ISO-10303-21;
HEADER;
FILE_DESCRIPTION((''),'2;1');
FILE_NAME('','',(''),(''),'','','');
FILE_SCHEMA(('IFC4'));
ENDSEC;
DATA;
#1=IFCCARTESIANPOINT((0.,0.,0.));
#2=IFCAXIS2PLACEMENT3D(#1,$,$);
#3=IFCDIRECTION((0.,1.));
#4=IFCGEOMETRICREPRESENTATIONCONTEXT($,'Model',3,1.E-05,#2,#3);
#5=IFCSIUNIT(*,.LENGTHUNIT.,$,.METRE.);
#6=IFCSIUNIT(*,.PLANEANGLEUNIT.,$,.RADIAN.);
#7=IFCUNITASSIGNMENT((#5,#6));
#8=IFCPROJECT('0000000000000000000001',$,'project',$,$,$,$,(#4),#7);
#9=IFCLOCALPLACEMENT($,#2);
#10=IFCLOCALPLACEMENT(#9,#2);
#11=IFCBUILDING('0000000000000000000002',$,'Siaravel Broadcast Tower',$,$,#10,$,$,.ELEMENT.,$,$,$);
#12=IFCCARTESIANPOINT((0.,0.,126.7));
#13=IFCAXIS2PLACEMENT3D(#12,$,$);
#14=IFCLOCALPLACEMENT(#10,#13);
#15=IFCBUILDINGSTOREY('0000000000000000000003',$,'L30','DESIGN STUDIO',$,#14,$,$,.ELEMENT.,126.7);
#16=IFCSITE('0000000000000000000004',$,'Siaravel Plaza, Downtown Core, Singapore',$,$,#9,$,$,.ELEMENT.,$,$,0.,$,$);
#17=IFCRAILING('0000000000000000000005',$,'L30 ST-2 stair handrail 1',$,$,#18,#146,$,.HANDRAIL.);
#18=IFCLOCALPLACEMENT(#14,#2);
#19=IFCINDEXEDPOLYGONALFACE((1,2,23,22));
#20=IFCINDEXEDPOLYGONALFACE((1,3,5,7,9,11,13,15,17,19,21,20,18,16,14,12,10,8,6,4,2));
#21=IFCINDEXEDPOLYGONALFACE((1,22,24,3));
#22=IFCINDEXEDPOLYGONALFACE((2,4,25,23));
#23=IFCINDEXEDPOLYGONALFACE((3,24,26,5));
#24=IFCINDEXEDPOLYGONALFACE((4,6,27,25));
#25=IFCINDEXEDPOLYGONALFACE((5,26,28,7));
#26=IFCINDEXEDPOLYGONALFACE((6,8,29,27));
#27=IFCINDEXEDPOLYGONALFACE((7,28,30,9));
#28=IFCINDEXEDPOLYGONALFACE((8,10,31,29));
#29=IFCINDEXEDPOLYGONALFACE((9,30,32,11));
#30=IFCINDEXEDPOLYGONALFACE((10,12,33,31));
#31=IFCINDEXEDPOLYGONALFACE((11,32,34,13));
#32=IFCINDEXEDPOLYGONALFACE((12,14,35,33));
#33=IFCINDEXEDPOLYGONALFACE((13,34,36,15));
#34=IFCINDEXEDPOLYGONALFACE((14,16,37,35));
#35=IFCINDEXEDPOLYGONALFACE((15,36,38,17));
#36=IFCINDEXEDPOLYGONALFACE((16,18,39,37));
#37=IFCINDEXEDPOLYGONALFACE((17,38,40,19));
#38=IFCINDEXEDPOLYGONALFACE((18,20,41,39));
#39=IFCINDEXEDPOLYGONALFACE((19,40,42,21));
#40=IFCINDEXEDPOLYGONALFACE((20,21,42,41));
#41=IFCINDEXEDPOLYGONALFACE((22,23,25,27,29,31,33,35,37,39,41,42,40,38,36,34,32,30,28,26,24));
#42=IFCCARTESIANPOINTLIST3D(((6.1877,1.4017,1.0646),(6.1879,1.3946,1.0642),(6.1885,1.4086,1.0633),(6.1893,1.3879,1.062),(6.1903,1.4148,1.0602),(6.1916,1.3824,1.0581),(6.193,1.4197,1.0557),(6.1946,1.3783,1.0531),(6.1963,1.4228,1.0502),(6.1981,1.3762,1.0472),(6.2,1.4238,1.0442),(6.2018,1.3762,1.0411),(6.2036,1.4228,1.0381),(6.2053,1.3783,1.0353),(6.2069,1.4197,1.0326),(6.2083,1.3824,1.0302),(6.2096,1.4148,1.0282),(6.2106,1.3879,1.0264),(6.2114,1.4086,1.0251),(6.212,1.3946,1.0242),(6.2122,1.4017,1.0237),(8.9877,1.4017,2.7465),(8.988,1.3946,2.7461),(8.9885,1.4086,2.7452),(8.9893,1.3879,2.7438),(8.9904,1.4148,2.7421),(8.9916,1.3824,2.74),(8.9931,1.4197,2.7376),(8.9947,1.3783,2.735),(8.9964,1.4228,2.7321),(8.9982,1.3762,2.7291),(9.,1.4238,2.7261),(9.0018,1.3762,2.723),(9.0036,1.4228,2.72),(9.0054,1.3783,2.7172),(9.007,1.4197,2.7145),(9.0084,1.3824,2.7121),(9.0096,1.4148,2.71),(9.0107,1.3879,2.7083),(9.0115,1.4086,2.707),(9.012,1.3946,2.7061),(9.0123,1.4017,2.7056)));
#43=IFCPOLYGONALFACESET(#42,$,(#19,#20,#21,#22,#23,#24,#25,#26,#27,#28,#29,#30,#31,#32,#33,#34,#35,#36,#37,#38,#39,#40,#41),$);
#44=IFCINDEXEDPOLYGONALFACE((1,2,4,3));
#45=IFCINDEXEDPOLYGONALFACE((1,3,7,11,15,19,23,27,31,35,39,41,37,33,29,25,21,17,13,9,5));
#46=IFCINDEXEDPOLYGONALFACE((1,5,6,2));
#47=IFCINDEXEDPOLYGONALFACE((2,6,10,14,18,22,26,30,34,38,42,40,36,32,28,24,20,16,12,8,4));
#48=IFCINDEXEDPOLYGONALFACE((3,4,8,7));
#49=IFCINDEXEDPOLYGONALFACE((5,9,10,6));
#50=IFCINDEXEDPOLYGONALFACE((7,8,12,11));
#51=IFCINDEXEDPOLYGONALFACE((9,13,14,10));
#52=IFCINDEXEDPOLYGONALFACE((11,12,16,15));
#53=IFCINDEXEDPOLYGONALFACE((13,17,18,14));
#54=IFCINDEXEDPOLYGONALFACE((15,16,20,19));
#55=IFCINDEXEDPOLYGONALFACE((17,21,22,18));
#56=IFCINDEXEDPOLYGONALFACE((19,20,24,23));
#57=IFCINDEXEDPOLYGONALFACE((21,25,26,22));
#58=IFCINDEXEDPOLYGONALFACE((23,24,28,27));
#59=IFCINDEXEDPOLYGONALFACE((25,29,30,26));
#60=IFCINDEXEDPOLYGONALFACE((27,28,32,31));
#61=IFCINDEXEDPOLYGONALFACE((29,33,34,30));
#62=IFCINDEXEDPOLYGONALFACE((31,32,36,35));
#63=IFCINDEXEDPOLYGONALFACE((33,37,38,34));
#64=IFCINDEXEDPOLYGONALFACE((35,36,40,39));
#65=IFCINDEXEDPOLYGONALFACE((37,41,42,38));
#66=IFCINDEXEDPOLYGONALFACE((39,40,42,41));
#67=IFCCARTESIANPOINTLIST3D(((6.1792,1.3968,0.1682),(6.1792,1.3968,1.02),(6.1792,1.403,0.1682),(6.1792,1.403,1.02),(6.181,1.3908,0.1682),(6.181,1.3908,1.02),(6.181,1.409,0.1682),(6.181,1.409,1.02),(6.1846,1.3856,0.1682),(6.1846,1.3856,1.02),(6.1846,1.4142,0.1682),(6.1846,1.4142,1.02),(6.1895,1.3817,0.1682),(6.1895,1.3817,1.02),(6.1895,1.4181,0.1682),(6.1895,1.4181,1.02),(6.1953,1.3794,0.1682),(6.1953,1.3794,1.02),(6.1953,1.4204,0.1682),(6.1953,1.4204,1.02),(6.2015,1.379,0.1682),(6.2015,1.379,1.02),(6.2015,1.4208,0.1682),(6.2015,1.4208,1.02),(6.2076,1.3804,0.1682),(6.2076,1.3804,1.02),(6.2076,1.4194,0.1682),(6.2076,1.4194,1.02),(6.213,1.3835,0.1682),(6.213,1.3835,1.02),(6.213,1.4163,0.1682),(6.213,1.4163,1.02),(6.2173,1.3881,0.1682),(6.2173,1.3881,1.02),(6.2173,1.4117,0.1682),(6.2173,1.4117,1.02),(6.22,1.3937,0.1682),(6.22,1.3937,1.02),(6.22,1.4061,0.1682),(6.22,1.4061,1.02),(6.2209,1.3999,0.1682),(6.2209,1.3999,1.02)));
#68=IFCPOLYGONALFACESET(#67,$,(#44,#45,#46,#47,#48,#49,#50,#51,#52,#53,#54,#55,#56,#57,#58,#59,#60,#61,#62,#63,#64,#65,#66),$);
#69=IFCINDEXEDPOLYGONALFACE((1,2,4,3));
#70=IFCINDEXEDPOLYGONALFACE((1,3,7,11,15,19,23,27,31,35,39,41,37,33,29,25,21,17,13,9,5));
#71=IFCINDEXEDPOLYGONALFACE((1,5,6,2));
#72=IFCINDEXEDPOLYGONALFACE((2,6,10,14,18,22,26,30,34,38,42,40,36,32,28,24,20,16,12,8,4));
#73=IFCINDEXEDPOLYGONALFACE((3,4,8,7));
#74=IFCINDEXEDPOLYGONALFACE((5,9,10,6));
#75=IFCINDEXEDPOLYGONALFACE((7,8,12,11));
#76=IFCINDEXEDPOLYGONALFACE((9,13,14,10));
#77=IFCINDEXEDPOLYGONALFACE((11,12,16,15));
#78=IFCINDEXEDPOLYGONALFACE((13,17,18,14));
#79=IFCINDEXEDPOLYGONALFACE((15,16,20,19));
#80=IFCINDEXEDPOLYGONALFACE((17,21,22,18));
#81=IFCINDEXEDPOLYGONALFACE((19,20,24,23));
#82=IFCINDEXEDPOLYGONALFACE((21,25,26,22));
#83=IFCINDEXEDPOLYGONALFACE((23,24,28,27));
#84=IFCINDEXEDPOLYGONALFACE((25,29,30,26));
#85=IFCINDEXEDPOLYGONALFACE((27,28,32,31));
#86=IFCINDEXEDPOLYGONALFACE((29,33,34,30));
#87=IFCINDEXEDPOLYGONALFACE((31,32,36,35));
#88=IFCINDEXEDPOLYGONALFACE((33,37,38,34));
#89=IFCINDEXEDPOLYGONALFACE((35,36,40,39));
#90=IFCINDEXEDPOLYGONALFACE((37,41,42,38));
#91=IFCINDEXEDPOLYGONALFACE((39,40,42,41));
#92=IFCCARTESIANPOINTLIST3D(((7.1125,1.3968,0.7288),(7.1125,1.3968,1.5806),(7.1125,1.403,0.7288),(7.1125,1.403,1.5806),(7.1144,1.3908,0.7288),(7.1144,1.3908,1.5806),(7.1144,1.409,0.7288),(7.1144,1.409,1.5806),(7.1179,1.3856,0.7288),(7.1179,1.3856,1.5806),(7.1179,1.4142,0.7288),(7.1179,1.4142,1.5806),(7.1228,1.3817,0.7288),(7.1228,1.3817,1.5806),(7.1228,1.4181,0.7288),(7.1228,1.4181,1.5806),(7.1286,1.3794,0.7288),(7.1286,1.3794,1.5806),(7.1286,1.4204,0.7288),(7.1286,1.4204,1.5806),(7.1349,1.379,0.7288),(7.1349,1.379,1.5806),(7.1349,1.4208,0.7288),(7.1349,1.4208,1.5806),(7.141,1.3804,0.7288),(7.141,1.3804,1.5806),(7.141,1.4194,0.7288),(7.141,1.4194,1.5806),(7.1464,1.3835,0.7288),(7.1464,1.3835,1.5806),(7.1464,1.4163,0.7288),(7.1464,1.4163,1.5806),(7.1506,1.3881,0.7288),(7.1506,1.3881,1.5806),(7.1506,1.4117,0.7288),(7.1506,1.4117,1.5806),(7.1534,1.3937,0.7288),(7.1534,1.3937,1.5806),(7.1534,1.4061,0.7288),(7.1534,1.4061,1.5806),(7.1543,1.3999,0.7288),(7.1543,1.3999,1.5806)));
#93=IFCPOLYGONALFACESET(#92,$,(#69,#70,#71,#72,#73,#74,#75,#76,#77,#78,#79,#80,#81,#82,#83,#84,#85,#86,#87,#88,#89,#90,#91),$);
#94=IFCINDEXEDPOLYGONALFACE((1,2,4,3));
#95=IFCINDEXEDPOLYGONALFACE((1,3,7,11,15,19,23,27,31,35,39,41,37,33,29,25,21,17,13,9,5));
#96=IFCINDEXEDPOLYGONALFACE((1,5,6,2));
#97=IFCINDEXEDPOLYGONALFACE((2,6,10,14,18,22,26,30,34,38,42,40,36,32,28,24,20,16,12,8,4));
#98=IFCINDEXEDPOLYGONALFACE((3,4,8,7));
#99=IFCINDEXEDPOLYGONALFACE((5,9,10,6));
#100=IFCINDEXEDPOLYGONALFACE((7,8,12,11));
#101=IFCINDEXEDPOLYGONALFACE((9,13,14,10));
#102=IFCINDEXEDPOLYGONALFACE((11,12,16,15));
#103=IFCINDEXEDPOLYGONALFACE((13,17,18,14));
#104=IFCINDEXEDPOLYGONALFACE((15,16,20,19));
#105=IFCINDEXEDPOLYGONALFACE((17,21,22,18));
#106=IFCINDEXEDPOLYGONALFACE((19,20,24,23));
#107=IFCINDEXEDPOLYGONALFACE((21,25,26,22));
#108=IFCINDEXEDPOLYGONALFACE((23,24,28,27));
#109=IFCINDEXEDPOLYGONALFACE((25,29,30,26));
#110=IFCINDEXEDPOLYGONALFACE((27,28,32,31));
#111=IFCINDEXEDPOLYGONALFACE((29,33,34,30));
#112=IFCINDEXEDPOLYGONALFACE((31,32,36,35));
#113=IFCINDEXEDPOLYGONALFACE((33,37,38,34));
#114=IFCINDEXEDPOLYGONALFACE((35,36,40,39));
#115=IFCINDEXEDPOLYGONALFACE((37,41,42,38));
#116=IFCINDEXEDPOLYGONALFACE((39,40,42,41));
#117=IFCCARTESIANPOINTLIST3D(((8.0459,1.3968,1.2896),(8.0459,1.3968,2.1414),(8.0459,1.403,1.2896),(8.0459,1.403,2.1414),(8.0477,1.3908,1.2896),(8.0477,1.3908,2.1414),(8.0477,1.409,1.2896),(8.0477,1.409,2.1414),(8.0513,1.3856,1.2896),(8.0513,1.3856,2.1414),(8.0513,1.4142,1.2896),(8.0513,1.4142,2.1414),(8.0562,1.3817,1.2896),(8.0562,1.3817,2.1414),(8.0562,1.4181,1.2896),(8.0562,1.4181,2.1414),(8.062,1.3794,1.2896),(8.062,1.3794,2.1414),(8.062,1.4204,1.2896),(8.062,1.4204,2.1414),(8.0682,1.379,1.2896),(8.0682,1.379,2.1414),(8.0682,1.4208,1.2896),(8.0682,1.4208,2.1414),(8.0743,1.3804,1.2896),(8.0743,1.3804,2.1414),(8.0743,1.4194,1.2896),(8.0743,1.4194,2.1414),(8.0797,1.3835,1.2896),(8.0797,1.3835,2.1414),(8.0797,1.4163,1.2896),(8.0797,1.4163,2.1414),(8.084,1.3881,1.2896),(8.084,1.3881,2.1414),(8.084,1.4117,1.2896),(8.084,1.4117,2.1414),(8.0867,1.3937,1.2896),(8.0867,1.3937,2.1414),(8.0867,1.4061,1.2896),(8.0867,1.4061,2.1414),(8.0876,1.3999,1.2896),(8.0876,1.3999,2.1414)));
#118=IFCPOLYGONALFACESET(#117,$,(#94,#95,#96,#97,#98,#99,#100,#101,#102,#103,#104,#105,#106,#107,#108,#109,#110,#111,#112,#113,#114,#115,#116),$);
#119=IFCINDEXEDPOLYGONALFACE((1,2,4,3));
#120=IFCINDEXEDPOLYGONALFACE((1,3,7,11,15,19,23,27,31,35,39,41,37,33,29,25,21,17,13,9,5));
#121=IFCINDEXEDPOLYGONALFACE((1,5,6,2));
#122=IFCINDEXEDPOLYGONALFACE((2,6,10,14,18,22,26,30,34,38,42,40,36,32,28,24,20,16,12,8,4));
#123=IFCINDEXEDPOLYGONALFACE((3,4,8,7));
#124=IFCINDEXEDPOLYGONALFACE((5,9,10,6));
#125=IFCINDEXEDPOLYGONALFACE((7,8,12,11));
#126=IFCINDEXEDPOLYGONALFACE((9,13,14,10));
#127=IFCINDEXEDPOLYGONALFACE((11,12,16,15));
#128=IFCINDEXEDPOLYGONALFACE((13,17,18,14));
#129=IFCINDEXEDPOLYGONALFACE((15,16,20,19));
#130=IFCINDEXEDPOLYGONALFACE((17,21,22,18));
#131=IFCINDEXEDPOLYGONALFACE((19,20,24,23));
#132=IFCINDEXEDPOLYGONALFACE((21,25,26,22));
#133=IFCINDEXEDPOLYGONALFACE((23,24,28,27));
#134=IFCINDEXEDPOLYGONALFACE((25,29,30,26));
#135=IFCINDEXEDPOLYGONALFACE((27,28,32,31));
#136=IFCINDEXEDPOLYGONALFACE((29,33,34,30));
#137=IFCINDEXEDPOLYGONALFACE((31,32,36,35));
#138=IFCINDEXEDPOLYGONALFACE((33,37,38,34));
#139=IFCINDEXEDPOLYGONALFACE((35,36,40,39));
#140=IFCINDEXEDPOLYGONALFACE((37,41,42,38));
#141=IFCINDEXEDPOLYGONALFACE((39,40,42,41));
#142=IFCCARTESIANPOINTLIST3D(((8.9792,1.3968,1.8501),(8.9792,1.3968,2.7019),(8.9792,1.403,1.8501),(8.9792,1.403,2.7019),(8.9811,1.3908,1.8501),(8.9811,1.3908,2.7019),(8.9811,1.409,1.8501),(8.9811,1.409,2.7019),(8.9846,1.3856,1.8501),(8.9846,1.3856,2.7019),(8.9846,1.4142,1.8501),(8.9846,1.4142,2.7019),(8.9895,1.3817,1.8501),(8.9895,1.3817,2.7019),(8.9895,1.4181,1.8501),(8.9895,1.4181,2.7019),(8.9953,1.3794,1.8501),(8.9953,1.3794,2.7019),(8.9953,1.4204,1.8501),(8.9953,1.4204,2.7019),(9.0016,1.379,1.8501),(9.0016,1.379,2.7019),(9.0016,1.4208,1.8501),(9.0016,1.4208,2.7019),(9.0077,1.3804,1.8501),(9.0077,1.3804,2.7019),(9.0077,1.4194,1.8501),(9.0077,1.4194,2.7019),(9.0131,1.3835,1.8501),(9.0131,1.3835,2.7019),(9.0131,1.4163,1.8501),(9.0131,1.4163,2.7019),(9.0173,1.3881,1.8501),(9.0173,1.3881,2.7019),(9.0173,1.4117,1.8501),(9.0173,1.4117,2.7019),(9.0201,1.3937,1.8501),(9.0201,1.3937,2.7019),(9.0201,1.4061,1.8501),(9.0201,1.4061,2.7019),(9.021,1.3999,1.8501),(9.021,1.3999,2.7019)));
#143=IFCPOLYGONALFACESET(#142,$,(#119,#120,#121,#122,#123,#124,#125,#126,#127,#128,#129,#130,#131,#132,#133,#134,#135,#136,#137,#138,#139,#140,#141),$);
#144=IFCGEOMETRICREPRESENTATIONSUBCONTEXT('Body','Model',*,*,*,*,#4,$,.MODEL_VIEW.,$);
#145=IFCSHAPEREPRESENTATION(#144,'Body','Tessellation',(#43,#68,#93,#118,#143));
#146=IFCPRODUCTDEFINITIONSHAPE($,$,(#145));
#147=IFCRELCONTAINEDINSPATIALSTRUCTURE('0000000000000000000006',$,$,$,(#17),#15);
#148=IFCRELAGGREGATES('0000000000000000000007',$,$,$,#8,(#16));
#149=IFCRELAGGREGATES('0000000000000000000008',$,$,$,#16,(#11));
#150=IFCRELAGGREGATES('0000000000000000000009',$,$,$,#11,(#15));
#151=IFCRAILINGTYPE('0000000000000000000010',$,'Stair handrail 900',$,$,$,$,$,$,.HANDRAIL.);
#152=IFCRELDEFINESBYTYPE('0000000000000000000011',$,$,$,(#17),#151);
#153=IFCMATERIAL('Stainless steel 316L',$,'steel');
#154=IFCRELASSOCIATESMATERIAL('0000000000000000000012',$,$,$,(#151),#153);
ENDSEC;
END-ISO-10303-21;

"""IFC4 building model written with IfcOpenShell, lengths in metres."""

from ifc_helpers import new_model, si_unit, direction, frame, origin, origin_2d, place, context, subcontext, project, spatial, circle, extrude, material, type_object, element, save


model = new_model("IFC4")

# Units and contexts
model_context = context("Model", 3, precision=1e-05, world=origin(), true_north=direction((0.0, 1.0)))
body_context = subcontext(model_context, "Body", "Model", "MODEL_VIEW")
ifc_project = project(units=[si_unit("LENGTHUNIT", "METRE"), si_unit("PLANEANGLEUNIT", "RADIAN")], contexts=[model_context])

# Site, building, storey
site_placement = place(None, origin())
site = spatial("IfcSite", under=ifc_project, at=site_placement, Name="Siaravel Plaza, Downtown Core, Singapore", CompositionType="ELEMENT", RefElevation=0.0)
building_placement = place(site_placement, origin())
building = spatial("IfcBuilding", under=site, at=building_placement, Name="Siaravel Broadcast Tower", CompositionType="ELEMENT")
storey_placement = place(building_placement, frame((0.0, 0.0, 126.7)))
storey = spatial("IfcBuildingStorey", under=building, at=storey_placement, Name="L30", Description="DESIGN STUDIO", CompositionType="ELEMENT", Elevation=126.7)

# Railing
ifc_material_1 = material(Name="Stainless steel 316L", Category="steel")
railing_type_1 = type_object("IfcRailingType", Name="Stair handrail 900", PredefinedType="HANDRAIL", material=ifc_material_1)
railing_1_placement = place(storey_placement, frame((6.2, 1.3999, 0.1682)))
element("IfcRailing", 1, at=railing_1_placement, inside=storey, type_object=railing_type_1, Name="L30 ST-2 stair handrail 1", PredefinedType="HANDRAIL", context=body_context, shape_type="SweptSolid", body=[
    extrude(circle(Radius=0.0239, at=origin_2d()), frame((0.0, 0.0, 0.876), z_axis=(0.857242, 0.0, 0.514913), x_axis=(0.0, 1.0, 0.0)), (0.0, 0.0, 1.0), 3.2664),
    extrude(circle(Radius=0.021, at=origin_2d()), origin(), (0.0, 0.0, 1.0), 0.8518),
    extrude(circle(Radius=0.021, at=origin_2d()), frame((0.9333, 0.0, 0.5605)), (0.0, 0.0, 1.0), 0.8518),
    extrude(circle(Radius=0.021, at=origin_2d()), frame((1.8667, 0.0, 1.1213)), (0.0, 0.0, 1.0), 0.8518),
    extrude(circle(Radius=0.021, at=origin_2d()), frame((2.8, 0.0, 1.6819)), (0.0, 0.0, 1.0), 0.8518),
])

save(model, "model.ifc")
